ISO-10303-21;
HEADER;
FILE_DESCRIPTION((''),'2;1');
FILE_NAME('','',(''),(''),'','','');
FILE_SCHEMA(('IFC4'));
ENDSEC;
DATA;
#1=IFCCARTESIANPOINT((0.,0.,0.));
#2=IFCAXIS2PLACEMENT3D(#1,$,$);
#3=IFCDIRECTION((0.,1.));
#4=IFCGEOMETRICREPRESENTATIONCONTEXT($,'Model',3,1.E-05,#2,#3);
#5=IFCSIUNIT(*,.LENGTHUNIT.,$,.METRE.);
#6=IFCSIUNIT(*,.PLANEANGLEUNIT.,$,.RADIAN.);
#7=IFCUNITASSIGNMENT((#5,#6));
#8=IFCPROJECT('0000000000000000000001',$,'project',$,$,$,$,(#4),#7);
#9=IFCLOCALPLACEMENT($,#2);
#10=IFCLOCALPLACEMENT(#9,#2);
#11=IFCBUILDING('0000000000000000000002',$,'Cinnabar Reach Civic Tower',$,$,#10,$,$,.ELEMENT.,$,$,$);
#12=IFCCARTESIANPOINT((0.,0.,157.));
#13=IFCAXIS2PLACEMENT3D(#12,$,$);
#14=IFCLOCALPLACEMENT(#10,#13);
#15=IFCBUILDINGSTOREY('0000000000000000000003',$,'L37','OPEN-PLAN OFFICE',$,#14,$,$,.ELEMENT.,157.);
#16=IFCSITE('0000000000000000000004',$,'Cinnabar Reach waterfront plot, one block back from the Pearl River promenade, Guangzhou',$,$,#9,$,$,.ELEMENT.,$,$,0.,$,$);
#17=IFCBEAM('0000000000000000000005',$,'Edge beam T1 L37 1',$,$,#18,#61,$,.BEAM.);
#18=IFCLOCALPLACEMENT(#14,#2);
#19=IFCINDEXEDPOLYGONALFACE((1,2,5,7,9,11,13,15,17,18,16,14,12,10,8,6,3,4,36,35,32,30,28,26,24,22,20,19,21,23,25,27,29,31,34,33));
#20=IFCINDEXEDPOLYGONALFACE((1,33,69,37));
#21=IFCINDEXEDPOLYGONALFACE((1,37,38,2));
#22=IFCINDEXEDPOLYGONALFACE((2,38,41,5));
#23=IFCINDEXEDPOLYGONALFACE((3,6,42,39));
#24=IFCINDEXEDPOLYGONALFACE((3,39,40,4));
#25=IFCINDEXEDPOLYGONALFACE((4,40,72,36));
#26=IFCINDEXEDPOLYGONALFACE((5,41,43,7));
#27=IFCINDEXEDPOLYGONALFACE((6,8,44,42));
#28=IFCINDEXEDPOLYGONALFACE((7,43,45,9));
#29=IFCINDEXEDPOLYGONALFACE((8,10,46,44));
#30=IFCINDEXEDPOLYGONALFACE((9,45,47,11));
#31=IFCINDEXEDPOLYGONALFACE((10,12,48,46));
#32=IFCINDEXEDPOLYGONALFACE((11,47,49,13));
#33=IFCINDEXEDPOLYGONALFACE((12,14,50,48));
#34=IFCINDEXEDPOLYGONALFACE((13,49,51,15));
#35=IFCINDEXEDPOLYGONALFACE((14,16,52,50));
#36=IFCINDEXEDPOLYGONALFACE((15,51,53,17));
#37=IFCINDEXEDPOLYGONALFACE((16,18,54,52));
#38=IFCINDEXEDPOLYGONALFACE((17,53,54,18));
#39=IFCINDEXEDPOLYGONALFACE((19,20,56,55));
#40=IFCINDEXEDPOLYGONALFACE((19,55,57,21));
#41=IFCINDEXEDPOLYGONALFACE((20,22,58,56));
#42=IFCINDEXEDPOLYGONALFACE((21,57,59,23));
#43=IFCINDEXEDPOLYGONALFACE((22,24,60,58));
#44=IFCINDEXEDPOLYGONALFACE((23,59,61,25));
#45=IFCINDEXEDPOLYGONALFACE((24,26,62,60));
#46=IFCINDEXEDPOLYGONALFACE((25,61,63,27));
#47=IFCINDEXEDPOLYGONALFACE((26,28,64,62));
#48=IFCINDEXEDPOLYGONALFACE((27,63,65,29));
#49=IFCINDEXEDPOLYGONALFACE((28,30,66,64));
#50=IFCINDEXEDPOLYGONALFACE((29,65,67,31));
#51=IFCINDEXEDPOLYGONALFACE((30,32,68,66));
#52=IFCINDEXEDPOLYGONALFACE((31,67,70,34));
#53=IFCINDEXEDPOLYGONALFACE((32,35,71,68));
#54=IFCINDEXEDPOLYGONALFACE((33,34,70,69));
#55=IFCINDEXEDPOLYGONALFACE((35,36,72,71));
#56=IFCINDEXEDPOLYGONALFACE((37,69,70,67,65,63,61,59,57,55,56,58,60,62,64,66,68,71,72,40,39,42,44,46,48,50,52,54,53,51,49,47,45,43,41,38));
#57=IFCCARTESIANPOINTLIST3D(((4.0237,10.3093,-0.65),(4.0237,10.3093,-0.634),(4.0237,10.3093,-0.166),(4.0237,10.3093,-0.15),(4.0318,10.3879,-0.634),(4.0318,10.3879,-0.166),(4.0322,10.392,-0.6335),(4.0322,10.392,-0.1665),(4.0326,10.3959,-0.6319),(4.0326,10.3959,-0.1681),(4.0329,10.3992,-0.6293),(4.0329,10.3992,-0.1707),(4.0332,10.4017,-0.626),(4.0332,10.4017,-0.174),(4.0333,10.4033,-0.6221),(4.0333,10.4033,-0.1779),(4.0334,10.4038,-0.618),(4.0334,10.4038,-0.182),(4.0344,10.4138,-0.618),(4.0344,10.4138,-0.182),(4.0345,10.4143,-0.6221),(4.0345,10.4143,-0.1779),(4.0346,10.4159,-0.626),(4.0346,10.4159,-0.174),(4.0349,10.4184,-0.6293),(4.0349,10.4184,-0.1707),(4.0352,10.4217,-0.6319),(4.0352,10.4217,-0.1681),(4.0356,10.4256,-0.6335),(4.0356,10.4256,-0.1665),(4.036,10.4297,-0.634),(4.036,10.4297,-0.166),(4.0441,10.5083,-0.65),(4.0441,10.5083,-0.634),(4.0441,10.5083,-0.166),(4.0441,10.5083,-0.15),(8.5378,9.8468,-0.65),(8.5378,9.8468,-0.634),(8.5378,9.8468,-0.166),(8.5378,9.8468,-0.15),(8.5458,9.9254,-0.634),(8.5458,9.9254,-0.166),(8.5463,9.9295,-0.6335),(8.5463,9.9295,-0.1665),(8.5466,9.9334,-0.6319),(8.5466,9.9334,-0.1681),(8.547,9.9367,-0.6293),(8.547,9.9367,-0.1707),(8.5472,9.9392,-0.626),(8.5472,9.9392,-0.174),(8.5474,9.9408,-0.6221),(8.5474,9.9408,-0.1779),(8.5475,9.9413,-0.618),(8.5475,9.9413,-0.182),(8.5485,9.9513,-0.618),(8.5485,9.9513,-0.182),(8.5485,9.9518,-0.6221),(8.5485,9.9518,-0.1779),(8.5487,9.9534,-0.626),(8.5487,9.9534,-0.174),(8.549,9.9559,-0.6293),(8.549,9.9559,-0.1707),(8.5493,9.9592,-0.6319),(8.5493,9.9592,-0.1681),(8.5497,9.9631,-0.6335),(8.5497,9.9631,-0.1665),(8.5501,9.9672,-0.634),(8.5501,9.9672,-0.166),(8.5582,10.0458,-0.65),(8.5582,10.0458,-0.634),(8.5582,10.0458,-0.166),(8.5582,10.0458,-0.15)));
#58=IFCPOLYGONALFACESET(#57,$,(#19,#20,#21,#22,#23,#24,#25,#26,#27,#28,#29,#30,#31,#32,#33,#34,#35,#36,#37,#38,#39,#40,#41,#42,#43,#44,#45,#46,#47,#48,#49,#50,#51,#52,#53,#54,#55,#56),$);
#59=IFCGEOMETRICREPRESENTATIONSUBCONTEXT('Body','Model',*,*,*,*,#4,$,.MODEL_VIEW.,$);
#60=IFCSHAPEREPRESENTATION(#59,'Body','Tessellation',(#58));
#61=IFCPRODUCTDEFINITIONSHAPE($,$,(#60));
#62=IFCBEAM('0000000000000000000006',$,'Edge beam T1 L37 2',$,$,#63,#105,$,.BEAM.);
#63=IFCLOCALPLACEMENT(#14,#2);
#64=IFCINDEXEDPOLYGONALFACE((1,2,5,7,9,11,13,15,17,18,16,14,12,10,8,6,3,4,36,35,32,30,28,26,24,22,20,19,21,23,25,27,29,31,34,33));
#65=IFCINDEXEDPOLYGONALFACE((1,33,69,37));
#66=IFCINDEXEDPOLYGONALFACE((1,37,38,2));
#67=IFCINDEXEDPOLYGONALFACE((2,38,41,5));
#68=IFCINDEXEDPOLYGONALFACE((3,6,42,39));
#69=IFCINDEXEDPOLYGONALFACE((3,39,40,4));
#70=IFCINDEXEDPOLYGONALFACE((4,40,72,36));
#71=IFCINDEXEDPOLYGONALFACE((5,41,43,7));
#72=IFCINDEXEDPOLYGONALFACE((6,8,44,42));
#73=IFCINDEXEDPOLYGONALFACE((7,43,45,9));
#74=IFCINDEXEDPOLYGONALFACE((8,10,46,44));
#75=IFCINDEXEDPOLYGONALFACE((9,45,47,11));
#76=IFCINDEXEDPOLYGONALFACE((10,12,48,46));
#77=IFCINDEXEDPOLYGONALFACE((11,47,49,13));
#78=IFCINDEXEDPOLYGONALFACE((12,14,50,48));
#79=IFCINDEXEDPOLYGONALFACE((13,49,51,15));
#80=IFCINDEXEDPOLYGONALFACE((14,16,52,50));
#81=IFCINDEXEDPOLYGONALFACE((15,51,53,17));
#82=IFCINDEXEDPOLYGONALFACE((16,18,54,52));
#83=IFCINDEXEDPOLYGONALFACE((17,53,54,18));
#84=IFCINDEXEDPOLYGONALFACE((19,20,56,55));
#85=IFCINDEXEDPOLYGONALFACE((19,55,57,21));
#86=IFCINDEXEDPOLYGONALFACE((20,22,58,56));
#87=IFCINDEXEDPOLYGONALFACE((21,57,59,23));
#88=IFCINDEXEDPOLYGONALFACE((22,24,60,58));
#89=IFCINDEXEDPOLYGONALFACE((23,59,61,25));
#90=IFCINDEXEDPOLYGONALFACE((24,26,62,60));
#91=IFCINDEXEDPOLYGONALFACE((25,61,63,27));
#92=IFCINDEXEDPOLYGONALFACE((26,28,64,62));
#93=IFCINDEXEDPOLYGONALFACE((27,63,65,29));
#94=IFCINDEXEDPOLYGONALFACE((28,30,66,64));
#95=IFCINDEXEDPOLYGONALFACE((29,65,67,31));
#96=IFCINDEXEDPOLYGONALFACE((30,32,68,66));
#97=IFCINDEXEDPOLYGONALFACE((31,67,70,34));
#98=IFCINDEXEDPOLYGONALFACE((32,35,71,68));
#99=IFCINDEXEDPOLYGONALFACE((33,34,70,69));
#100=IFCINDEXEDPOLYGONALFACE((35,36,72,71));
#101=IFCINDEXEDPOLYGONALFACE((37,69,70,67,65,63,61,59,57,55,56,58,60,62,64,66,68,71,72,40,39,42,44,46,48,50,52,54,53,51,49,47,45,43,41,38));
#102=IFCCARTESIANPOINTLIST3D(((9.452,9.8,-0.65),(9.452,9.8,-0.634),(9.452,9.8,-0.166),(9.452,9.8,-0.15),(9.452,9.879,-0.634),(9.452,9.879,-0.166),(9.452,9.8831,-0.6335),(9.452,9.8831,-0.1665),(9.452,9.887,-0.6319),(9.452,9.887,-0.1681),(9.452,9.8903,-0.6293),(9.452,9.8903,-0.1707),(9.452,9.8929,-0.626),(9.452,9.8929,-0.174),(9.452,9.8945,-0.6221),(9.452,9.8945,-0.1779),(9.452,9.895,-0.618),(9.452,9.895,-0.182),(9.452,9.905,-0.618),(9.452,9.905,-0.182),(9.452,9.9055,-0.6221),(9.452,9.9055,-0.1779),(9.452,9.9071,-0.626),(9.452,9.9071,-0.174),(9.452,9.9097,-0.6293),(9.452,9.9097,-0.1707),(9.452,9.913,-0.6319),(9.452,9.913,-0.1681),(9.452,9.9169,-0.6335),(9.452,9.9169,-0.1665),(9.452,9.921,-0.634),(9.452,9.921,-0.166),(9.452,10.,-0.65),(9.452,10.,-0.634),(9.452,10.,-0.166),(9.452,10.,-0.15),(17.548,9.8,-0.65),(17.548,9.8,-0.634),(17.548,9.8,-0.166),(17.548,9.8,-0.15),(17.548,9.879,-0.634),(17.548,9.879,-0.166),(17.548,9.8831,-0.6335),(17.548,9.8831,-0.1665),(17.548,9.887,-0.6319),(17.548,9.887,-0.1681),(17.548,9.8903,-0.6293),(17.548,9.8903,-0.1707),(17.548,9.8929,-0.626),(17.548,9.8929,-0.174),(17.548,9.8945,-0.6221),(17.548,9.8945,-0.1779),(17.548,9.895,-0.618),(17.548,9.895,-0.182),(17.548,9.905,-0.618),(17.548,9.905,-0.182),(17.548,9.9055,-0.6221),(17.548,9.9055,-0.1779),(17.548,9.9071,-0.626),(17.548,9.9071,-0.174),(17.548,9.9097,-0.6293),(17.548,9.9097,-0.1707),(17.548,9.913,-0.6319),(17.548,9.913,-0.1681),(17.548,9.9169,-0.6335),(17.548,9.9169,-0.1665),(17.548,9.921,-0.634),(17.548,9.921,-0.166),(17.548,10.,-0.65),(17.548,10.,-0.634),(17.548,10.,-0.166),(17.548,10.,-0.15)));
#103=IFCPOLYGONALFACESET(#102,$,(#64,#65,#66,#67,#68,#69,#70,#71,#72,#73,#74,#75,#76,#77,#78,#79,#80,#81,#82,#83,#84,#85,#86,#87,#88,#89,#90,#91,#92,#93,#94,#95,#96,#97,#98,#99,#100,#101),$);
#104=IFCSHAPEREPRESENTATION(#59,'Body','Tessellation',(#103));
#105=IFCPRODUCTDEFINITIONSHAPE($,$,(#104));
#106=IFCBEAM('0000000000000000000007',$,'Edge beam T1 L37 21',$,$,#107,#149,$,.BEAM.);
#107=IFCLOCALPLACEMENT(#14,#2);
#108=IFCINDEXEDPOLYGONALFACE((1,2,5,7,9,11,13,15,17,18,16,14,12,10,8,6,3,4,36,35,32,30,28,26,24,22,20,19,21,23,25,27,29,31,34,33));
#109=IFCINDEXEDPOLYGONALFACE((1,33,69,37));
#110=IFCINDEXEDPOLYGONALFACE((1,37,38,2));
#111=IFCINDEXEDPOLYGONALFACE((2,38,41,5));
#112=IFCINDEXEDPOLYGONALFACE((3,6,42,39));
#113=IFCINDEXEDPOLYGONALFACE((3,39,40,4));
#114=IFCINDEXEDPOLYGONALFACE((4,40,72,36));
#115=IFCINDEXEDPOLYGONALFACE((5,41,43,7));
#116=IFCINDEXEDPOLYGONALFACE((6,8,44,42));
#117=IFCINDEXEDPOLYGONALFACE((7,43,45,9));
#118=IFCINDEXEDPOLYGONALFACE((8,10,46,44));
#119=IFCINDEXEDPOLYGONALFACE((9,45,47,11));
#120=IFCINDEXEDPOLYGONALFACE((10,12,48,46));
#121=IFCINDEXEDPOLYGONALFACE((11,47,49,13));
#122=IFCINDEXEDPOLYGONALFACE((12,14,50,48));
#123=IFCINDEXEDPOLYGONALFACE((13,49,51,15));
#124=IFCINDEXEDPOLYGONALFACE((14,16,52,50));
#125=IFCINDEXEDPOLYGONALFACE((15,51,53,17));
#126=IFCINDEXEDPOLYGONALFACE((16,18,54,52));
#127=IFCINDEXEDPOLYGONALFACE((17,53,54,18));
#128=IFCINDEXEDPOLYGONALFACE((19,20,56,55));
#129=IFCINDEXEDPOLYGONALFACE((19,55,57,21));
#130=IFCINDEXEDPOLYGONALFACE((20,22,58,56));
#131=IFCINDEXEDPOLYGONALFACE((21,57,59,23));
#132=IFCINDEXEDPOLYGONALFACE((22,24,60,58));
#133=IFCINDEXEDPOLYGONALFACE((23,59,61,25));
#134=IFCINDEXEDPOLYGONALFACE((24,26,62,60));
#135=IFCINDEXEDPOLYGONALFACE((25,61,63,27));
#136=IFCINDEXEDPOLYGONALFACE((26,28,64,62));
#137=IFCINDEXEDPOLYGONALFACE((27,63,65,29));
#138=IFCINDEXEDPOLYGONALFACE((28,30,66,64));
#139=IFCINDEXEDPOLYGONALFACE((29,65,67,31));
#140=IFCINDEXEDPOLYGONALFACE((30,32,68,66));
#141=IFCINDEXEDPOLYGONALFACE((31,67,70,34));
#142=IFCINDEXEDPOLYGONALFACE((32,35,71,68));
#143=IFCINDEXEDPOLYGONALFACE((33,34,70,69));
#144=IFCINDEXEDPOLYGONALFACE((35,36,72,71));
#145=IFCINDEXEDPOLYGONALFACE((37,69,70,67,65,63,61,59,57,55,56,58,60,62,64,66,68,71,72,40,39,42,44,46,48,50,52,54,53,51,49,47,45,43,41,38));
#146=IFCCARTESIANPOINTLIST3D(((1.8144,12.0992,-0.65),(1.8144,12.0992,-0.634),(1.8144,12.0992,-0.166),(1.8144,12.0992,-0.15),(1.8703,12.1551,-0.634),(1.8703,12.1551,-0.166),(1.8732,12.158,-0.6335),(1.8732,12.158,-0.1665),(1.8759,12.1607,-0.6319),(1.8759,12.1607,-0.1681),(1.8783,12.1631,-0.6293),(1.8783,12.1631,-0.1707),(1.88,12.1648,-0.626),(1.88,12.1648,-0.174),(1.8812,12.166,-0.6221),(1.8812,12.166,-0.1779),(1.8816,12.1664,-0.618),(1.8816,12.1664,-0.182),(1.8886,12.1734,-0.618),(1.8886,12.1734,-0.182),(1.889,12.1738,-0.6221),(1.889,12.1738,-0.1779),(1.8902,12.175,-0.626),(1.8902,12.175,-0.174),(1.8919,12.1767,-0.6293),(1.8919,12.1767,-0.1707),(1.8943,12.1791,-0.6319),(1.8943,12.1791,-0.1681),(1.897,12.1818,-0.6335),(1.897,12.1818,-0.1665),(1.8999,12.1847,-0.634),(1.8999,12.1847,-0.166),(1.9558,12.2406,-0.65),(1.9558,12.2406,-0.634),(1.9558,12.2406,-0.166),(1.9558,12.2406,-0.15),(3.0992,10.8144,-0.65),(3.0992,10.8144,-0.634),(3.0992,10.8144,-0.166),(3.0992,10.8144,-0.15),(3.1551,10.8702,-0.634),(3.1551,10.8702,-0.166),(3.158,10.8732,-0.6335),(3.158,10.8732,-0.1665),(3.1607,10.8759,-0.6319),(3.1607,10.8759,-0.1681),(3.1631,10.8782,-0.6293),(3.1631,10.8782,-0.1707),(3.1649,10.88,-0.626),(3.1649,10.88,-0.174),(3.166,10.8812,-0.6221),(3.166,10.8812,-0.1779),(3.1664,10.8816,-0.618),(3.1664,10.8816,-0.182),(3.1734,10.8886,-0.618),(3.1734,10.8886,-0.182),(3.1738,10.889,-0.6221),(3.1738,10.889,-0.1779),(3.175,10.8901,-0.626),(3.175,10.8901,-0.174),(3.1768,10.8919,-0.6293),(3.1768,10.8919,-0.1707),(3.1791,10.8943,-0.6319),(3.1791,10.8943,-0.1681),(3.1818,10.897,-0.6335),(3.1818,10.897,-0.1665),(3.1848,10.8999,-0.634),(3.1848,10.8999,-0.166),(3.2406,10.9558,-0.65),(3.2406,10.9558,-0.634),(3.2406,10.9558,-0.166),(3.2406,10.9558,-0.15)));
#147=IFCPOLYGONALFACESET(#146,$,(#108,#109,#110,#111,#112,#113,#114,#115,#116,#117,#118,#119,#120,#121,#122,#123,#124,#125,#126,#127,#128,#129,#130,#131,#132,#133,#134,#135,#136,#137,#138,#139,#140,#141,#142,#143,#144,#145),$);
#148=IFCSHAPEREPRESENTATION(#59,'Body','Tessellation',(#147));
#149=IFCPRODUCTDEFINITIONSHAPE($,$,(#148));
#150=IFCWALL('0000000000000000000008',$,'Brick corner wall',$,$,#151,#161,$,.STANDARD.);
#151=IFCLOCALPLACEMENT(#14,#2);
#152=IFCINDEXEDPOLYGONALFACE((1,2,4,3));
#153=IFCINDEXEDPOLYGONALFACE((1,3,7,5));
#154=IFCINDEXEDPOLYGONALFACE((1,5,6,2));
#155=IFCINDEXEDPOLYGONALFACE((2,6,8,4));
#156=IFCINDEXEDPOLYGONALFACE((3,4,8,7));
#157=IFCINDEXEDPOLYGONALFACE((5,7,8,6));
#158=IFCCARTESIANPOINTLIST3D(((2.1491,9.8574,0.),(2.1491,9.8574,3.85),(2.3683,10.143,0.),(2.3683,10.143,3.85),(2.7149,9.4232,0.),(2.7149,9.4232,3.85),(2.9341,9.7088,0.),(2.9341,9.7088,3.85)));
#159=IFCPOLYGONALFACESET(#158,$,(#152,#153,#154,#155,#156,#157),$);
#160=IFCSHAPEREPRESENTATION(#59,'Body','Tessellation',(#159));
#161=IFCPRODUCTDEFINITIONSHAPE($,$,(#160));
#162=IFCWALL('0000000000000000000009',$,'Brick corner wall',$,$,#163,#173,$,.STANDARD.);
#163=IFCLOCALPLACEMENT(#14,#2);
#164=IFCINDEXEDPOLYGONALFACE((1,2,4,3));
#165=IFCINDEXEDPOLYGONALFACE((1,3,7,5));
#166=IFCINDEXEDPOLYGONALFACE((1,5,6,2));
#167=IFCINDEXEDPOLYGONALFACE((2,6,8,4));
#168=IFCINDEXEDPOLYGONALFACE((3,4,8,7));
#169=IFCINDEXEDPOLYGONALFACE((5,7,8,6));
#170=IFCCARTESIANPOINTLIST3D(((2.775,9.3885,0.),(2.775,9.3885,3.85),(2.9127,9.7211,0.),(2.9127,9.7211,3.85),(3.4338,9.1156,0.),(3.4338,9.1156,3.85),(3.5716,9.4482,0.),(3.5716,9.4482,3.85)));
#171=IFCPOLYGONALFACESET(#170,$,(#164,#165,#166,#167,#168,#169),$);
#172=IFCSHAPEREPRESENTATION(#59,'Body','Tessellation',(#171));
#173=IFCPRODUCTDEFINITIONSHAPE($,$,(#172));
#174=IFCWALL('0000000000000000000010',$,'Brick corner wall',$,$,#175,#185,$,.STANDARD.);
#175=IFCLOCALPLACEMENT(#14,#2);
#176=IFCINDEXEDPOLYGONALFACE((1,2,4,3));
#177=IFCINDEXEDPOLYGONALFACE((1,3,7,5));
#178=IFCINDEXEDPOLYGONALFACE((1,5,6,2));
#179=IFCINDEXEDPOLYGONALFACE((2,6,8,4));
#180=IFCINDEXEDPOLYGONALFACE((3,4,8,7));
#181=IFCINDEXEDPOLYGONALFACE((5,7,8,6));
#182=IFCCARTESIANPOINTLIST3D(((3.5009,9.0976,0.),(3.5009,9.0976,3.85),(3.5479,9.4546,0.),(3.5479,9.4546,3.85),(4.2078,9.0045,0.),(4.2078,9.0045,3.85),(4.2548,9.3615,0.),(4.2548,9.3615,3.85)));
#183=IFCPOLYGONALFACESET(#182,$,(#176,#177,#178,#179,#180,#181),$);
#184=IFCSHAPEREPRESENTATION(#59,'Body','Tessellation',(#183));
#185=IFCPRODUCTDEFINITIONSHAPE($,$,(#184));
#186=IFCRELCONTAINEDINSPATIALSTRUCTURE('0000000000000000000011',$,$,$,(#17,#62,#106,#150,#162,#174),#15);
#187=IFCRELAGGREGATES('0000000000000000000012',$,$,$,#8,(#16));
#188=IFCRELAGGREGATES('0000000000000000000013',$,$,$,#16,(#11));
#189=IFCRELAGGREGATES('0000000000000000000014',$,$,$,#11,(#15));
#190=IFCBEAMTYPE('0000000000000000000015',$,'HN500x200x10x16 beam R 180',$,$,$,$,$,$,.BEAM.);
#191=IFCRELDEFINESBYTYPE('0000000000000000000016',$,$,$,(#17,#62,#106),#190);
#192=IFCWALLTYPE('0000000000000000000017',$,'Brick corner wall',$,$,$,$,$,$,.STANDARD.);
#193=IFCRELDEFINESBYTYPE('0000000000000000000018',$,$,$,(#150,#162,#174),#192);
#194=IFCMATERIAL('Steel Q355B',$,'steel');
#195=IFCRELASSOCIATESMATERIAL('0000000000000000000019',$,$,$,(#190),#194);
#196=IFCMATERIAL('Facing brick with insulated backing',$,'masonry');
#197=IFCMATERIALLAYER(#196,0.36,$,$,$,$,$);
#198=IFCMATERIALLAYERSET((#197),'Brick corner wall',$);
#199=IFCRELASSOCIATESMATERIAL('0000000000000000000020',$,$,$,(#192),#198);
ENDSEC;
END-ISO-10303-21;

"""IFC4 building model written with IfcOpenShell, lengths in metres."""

from ifc_helpers import new_model, si_unit, direction, frame, frame_2d, origin, origin_2d, place, context, subcontext, project, spatial, rectangle, i_section, extrude, material, layer, layer_set, material_profile, profile_set, type_object, element, save


model = new_model("IFC4")

# Units and contexts
model_context = context("Model", 3, precision=1e-05, world=origin(), true_north=direction((0.0, 1.0)))
body_context = subcontext(model_context, "Body", "Model", "MODEL_VIEW")
ifc_project = project(units=[si_unit("LENGTHUNIT", "METRE"), si_unit("PLANEANGLEUNIT", "RADIAN")], contexts=[model_context])

# Site, building, storey
site_placement = place(None, origin())
site = spatial("IfcSite", under=ifc_project, at=site_placement, Name="Cinnabar Reach waterfront plot, one block back from the Pearl River promenade, Guangzhou", CompositionType="ELEMENT", RefElevation=0.0)
building_placement = place(site_placement, origin())
building = spatial("IfcBuilding", under=site, at=building_placement, Name="Cinnabar Reach Civic Tower", CompositionType="ELEMENT")
storey_placement = place(building_placement, frame((0.0, 0.0, 157.0)))
storey = spatial("IfcBuildingStorey", under=building, at=storey_placement, Name="L37", Description="OPEN-PLAN OFFICE", CompositionType="ELEMENT", Elevation=157.0)

# Beams
ifc_material_1 = material(Name="Steel Q355B", Category="steel")
ifc_material_profile_1 = material_profile(ifc_material_1, i_section(OverallWidth=0.2, OverallDepth=0.5, WebThickness=0.01, FlangeThickness=0.016, FilletRadius=0.016, at=origin_2d()), Name="HN500x200x10x16")
ifc_profile_set_1 = profile_set([ifc_material_profile_1], Name="Steel Q355B")
beam_type_1 = type_object("IfcBeamType", Name="HN500x200x10x16 beam R 180", PredefinedType="BEAM", material=ifc_profile_set_1)
beam_1_placement = place(storey_placement, frame((4.0339, 10.4088, -0.4), z_axis=(0.994792, -0.101923, 0.0), x_axis=(0.101923, 0.994792, 0.0)))
element("IfcBeam", 1, at=beam_1_placement, inside=storey, type_object=beam_type_1, Name="Edge beam T1 L37 1", PredefinedType="BEAM", context=body_context, shape_type="SweptSolid", body=[
    extrude(i_section(OverallWidth=0.2, OverallDepth=0.5, WebThickness=0.01, FlangeThickness=0.016, FilletRadius=0.016, at=origin_2d()), origin(), (0.0, 0.0, 1.0), 4.5377),
])
beam_2_placement = place(storey_placement, frame((9.452, 9.9, -0.4), z_axis=(1.0, 0.0, 0.0), x_axis=(0.0, 1.0, 0.0)))
element("IfcBeam", 2, at=beam_2_placement, inside=storey, type_object=beam_type_1, Name="Edge beam T1 L37 2", PredefinedType="BEAM", context=body_context, shape_type="SweptSolid", body=[
    extrude(i_section(OverallWidth=0.2, OverallDepth=0.5, WebThickness=0.01, FlangeThickness=0.016, FilletRadius=0.016, at=origin_2d()), origin(), (0.0, 0.0, 1.0), 8.096),
])
beam_3_placement = place(storey_placement, frame((1.8851, 12.1699, -0.4), z_axis=(0.707107, -0.707107, 0.0), x_axis=(0.707107, 0.707107, 0.0)))
element("IfcBeam", 3, at=beam_3_placement, inside=storey, type_object=beam_type_1, Name="Edge beam T1 L37 21", PredefinedType="BEAM", context=body_context, shape_type="SweptSolid", body=[
    extrude(i_section(OverallWidth=0.2, OverallDepth=0.5, WebThickness=0.01, FlangeThickness=0.016, FilletRadius=0.016, at=origin_2d()), origin(), (0.0, 0.0, 1.0), 1.817),
])

# Walls
ifc_material_2 = material(Name="Facing brick with insulated backing", Category="masonry")
ifc_layer_1 = layer(ifc_material_2, 0.36)
ifc_layer_set_1 = layer_set([ifc_layer_1], Name="Brick corner wall")
wall_type_1 = type_object("IfcWallType", Name="Brick corner wall", PredefinedType="STANDARD", material=ifc_layer_set_1)
wall_1_placement = place(storey_placement, frame((2.2587, 10.0002, 0.0), z_axis=(0.0, 0.0, 1.0), x_axis=(0.793322, -0.608802, 0.0)))
element("IfcWall", 4, at=wall_1_placement, inside=storey, type_object=wall_type_1, Name="Brick corner wall", PredefinedType="STANDARD", context=body_context, shape_type="SweptSolid", body=[
    extrude(rectangle(XDim=0.7132, YDim=0.36, at=frame_2d((0.3566, 0.0))), origin(), (0.0, 0.0, 1.0), 3.85),
])
for number, where, z_axis, x_axis, name in (
    (5, (2.8439, 9.5548, 0.0), (0.0, 0.0, 1.0), (0.923872, -0.382703, 0.0), "Brick corner wall"),
    (6, (3.5244, 9.2761, 0.0), (0.0, 0.0, 1.0), (0.991441, -0.130556, 0.0), "Brick corner wall"),
):
    element("IfcWall", number, at=place(storey_placement, frame(where, z_axis=z_axis, x_axis=x_axis)), inside=storey, type_object=wall_type_1, Name=name, PredefinedType="STANDARD", context=body_context, shape_type="SweptSolid", body=[
        extrude(rectangle(XDim=0.7131, YDim=0.36, at=frame_2d((0.3565, 0.0))), origin(), (0.0, 0.0, 1.0), 3.85),
    ])

save(model, "model.ifc")
